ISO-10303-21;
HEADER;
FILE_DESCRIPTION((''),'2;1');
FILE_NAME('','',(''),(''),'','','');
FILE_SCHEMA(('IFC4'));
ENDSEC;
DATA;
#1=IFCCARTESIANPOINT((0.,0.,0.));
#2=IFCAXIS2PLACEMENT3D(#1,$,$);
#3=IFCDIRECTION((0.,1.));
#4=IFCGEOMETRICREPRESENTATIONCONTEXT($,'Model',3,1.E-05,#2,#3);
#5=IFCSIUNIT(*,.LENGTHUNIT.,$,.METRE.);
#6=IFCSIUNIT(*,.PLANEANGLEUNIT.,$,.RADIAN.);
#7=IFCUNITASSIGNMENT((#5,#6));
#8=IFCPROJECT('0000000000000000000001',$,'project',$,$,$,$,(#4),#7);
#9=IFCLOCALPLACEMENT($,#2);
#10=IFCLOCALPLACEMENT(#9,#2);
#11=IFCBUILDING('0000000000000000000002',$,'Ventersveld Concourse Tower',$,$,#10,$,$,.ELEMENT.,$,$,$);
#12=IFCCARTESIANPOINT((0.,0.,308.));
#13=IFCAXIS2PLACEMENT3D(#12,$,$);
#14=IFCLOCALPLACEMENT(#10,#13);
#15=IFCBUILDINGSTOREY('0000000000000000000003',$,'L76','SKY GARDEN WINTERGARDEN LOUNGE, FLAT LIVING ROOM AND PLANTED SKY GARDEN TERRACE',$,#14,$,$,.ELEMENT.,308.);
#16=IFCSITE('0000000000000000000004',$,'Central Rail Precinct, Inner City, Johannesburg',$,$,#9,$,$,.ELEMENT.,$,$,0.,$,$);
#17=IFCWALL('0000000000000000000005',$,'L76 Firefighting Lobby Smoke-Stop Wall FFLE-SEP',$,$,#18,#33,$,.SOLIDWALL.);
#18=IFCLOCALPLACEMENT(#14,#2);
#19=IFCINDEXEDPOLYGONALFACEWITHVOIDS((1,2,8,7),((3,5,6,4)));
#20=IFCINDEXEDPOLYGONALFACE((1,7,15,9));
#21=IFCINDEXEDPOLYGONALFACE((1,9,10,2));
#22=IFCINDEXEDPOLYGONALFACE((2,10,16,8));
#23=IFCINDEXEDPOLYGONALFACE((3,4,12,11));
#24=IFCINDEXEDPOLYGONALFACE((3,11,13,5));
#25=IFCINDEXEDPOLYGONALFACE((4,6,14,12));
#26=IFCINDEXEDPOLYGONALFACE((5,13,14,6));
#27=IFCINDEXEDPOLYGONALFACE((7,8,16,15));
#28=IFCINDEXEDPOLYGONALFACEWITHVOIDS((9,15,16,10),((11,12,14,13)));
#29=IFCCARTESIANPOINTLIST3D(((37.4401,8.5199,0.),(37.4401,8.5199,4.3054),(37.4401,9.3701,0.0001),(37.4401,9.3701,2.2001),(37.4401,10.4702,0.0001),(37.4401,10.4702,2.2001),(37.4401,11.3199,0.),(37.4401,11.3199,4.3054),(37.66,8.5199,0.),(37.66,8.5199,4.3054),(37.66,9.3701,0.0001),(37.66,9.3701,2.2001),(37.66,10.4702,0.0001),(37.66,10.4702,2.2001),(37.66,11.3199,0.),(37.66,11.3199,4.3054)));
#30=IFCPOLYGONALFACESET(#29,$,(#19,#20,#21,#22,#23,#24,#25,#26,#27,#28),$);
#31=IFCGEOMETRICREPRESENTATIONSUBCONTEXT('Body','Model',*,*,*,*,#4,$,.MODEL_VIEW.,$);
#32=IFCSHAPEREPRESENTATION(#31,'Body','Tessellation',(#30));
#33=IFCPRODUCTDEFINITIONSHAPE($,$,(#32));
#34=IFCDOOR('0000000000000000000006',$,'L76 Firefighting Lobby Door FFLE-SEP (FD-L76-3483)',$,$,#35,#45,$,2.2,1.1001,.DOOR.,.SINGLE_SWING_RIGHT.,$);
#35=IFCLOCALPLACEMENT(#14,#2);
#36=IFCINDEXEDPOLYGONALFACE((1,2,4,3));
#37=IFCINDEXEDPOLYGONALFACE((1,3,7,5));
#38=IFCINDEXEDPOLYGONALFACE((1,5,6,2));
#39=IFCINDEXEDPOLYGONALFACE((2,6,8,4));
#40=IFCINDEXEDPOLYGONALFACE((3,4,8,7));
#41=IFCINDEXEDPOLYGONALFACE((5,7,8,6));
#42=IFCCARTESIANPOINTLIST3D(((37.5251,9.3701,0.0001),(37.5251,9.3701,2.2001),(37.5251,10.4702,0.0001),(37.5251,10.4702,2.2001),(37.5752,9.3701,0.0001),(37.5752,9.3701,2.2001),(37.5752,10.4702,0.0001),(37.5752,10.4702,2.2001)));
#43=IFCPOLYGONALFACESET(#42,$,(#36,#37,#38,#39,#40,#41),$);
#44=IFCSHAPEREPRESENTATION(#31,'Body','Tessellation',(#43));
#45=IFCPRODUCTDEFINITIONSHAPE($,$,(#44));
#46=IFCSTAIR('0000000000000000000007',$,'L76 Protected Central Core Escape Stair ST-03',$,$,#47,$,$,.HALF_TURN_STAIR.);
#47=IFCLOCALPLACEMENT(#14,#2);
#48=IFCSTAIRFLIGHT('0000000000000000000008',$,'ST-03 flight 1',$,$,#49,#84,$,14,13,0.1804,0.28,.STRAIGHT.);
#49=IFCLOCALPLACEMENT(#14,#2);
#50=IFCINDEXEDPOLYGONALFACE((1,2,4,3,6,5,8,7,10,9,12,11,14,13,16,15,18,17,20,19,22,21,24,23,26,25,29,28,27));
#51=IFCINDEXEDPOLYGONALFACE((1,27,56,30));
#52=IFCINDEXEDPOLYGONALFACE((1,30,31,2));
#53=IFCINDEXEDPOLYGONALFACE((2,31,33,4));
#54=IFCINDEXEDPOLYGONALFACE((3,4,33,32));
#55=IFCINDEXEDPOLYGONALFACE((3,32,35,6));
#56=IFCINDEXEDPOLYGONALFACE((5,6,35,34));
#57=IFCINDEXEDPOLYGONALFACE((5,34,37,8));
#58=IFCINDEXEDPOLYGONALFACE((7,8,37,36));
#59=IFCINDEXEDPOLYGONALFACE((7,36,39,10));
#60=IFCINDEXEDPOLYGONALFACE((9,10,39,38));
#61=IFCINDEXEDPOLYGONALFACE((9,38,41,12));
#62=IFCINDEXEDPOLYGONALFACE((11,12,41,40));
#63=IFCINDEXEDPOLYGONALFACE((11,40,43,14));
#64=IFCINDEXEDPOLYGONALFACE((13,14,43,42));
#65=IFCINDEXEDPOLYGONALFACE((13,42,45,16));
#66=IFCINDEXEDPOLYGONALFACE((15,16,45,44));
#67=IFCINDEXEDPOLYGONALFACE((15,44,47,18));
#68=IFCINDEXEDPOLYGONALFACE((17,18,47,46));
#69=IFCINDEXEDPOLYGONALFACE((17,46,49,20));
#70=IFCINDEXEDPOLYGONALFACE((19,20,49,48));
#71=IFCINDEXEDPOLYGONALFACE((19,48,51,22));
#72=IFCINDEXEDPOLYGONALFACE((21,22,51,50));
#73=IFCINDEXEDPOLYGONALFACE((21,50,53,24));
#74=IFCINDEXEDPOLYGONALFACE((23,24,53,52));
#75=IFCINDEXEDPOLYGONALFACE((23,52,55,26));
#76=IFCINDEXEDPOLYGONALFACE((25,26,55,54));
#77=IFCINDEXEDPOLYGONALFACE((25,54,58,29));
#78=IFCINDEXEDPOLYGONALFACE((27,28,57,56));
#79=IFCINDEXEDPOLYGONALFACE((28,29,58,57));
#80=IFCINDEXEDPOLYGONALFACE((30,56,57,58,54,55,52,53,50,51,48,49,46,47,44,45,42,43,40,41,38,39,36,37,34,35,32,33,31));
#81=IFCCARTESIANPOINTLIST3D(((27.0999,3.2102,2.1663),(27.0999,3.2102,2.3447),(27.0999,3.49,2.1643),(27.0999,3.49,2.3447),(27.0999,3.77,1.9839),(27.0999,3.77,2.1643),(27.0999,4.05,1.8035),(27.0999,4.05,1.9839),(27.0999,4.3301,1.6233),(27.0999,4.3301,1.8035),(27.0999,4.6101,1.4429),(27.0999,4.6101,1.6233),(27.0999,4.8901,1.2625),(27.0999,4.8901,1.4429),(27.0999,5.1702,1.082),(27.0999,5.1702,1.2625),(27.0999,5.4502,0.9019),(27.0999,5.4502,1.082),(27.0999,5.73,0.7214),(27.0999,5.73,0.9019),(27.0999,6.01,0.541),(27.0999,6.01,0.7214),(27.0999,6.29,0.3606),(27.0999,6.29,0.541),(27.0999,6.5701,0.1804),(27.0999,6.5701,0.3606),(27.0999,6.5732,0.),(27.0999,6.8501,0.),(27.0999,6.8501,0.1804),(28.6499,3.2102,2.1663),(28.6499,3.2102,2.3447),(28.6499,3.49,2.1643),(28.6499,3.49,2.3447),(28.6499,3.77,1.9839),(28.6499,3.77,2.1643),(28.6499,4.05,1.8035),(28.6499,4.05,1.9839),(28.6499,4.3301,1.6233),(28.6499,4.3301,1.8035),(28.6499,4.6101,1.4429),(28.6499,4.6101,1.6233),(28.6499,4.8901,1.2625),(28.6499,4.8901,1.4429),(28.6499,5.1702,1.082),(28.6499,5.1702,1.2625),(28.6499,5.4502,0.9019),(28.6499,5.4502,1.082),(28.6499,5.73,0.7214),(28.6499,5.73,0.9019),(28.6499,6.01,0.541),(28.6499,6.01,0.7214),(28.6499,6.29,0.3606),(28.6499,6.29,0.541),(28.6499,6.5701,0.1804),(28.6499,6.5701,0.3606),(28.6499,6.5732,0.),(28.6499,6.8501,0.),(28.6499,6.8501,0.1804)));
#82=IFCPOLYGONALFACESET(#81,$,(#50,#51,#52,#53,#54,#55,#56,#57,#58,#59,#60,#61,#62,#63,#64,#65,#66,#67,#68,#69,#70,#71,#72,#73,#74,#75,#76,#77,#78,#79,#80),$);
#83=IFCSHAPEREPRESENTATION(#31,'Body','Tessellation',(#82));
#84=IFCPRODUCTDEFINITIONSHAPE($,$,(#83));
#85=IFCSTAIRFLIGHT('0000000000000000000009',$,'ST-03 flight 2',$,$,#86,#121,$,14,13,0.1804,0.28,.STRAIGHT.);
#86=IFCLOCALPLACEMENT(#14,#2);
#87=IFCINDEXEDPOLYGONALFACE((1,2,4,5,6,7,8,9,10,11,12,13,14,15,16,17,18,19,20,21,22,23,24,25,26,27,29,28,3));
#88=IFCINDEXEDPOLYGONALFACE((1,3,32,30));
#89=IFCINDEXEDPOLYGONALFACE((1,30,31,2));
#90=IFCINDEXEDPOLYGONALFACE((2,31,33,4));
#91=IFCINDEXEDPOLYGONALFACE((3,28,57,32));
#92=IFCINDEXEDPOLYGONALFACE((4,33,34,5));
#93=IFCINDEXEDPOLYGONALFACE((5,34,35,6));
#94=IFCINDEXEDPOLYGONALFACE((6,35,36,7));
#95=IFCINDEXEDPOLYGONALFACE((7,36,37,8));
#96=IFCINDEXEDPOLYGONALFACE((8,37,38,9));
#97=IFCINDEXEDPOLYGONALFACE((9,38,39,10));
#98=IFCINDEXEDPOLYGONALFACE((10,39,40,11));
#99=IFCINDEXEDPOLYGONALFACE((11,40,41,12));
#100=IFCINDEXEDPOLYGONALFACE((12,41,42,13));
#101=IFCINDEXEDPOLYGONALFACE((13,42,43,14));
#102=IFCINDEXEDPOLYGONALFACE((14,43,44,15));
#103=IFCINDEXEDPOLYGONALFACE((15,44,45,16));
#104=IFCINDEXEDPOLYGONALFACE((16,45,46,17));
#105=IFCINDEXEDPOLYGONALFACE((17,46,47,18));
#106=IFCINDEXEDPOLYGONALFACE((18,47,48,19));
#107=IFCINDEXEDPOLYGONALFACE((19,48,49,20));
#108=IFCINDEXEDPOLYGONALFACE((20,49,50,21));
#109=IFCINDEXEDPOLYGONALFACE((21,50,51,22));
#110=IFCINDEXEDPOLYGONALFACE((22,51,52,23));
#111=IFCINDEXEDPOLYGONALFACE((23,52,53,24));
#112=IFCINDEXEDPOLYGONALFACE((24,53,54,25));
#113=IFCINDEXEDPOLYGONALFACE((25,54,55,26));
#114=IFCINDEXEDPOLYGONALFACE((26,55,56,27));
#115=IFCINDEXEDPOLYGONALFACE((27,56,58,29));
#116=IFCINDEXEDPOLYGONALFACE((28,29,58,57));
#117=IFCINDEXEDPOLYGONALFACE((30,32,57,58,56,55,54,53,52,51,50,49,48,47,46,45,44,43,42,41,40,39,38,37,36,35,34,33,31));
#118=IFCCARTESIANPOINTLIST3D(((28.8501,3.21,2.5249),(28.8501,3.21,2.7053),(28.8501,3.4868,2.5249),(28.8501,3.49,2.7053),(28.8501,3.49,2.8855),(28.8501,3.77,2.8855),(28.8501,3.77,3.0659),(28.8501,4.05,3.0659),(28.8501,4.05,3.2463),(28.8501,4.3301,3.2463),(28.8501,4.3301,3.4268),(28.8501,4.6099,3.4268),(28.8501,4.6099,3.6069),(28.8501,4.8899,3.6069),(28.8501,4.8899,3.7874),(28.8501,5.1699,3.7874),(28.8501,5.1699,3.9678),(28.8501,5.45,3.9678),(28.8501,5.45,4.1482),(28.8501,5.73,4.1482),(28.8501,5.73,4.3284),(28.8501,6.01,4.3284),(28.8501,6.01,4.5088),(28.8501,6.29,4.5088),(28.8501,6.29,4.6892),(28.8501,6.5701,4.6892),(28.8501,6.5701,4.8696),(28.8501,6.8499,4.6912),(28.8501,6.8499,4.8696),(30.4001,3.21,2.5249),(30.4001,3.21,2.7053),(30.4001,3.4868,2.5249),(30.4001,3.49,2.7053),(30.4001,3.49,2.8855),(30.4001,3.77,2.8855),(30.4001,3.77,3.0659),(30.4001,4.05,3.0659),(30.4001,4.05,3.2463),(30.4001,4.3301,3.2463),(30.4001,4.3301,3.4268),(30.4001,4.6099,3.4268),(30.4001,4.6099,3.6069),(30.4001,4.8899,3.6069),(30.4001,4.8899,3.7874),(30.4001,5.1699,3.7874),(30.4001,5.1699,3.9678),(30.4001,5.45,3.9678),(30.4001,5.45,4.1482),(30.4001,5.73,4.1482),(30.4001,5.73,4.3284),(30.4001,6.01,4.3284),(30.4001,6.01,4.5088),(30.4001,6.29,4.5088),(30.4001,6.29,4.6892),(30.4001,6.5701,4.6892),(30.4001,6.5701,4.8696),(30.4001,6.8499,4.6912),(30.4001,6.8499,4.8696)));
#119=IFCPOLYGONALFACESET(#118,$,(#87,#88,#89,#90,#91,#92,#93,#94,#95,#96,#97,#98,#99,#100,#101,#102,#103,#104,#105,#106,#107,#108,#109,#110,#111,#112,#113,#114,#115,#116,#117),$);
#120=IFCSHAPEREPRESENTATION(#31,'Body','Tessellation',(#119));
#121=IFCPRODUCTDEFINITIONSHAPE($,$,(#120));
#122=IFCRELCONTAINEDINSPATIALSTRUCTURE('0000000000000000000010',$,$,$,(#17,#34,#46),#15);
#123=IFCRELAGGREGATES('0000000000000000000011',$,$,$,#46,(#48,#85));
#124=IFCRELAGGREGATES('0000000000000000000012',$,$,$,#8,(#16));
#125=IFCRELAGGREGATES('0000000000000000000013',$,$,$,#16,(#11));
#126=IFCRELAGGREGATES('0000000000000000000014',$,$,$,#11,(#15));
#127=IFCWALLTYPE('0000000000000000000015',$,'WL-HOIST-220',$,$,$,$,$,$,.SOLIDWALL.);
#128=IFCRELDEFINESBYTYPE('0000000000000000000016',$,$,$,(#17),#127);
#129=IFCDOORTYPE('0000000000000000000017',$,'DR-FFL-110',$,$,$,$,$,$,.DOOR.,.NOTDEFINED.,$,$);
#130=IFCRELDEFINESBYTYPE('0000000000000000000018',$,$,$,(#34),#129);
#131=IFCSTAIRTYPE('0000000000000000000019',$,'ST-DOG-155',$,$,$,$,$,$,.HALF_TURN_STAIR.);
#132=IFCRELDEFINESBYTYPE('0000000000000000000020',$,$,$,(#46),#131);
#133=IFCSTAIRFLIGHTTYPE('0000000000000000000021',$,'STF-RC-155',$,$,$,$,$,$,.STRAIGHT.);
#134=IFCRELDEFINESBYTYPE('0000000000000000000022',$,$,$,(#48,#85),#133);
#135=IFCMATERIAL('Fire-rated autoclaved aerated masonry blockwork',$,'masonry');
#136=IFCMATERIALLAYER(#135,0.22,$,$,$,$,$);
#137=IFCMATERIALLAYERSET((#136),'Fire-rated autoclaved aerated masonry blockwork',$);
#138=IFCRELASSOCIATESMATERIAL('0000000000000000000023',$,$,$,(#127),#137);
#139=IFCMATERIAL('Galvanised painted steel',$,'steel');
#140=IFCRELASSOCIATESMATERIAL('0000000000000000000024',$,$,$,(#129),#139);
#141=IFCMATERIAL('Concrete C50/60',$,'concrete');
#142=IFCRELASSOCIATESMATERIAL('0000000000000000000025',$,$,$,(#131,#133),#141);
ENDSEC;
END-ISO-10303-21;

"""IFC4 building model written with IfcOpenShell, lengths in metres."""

from ifc_helpers import new_model, si_unit, direction, frame, frame_2d, origin, place, context, subcontext, project, spatial, polyline, rectangle, outline, extrude, material, layer, layer_set, type_object, element, fill, aggregate, save


model = new_model("IFC4")

# Units and contexts
model_context = context("Model", 3, precision=1e-05, world=origin(), true_north=direction((0.0, 1.0)))
body_context = subcontext(model_context, "Body", "Model", "MODEL_VIEW")
ifc_project = project(units=[si_unit("LENGTHUNIT", "METRE"), si_unit("PLANEANGLEUNIT", "RADIAN")], contexts=[model_context])

# Site, building, storey
site_placement = place(None, origin())
site = spatial("IfcSite", under=ifc_project, at=site_placement, Name="Central Rail Precinct, Inner City, Johannesburg", CompositionType="ELEMENT", RefElevation=0.0)
building_placement = place(site_placement, origin())
building = spatial("IfcBuilding", under=site, at=building_placement, Name="Ventersveld Concourse Tower", CompositionType="ELEMENT")
storey_placement = place(building_placement, frame((0.0, 0.0, 308.0)))
storey = spatial("IfcBuildingStorey", under=building, at=storey_placement, Name="L76", Description="SKY GARDEN WINTERGARDEN LOUNGE, FLAT LIVING ROOM AND PLANTED SKY GARDEN TERRACE", CompositionType="ELEMENT", Elevation=308.0)

# Shared definitions
ifc_material_1 = material(Name="Concrete C50/60", Category="concrete")

# Shared definitions
ifc_material_2 = material(Name="Fire-rated autoclaved aerated masonry blockwork", Category="masonry")
ifc_material_3 = material(Name="Galvanised painted steel", Category="steel")

# Shared definitions
ifc_layer_1 = layer(ifc_material_2, 0.22)
ifc_layer_set_1 = layer_set([ifc_layer_1], Name="Fire-rated autoclaved aerated masonry blockwork")
wall_type_1 = type_object("IfcWallType", Name="WL-HOIST-220", PredefinedType="SOLIDWALL", material=ifc_layer_set_1)

# Wall, opening, door
wall_1_placement = place(storey_placement, frame((37.55, 8.52, 0.0), z_axis=(0.0, 0.0, 1.0), x_axis=(0.0, 1.0, 0.0)))
wall_1 = element("IfcWall", 1, at=wall_1_placement, inside=storey, type_object=wall_type_1, Name="L76 Firefighting Lobby Smoke-Stop Wall FFLE-SEP", PredefinedType="SOLIDWALL", context=body_context, shape_type="SweptSolid", body=[
    extrude(rectangle(XDim=2.8, YDim=0.22, at=frame_2d((1.3999, 0.0))), origin(), (0.0, 0.0, 1.0), 4.3054),
])
opening_1_placement = place(wall_1_placement, frame((0.8501, 0.0, 0.0)))
opening_1 = element("IfcOpeningElement", 2, at=opening_1_placement, cuts=wall_1, PredefinedType="OPENING", context=body_context, shape_type="SweptSolid", body=[
    extrude(rectangle(XDim=1.1001, YDim=2.2, at=frame_2d((0.55, 1.1001))), frame((0.0, 0.1201, 0.0), z_axis=(0.0, -1.0, 0.0), x_axis=(1.0, 0.0, 0.0)), (0.0, 0.0, 1.0), 0.24),
])
door_type_1 = type_object("IfcDoorType", Name="DR-FFL-110", OperationType="NOTDEFINED", PredefinedType="DOOR", material=ifc_material_3)
door_1_placement = place(opening_1_placement, origin())
door_1 = element("IfcDoor", 3, at=door_1_placement, inside=storey, type_object=door_type_1, Name="L76 Firefighting Lobby Door FFLE-SEP (FD-L76-3483)", OperationType="SINGLE_SWING_RIGHT", OverallHeight=2.2, OverallWidth=1.1001, PredefinedType="DOOR", context=body_context, shape_type="SweptSolid", body=[
    extrude(rectangle(XDim=1.1001, YDim=2.2, at=frame_2d((0.55, 1.1001))), frame((0.0, 0.0249, 0.0), z_axis=(0.0, -1.0, 0.0), x_axis=(1.0, 0.0, 0.0)), (0.0, 0.0, 1.0), 0.05),
])
fill(opening_1, door_1)

# Stair, stair flights
stair_type = type_object("IfcStairType", Name="ST-DOG-155", PredefinedType="HALF_TURN_STAIR", material=ifc_material_1)
stair_placement = place(storey_placement, origin())
stair = element("IfcStair", 4, at=stair_placement, inside=storey, type_object=stair_type, Name="L76 Protected Central Core Escape Stair ST-03", PredefinedType="HALF_TURN_STAIR")
stair_flight_type = type_object("IfcStairFlightType", Name="STF-RC-155", PredefinedType="STRAIGHT", material=ifc_material_1)
stair_flight_1_placement = place(storey_placement, frame((27.875, 6.8501, 0.0), z_axis=(0.0, 0.0, 1.0), x_axis=(0.0, -1.0, 0.0)))
stair_flight_1 = element("IfcStairFlight", 5, at=stair_flight_1_placement, type_object=stair_flight_type, Name="ST-03 flight 1", NumberOfRisers=14, NumberOfTreads=13, PredefinedType="STRAIGHT", RiserHeight=0.1804, TreadLength=0.28, context=body_context, shape_type="SweptSolid", body=[
    extrude(outline(polyline([(0.0, 0.0), (0.0, 0.1804), (0.28, 0.1804), (0.28, 0.3606), (0.5601, 0.3606), (0.5601, 0.541), (0.8401, 0.541), (0.8401, 0.7214), (1.1201, 0.7214), (1.1201, 0.9019), (1.3999, 0.9019), (1.3999, 1.082), (1.6799, 1.082), (1.6799, 1.2625), (1.96, 1.2625), (1.96, 1.4429), (2.24, 1.4429), (2.24, 1.6233), (2.52, 1.6233), (2.52, 1.8035), (2.8, 1.8035), (2.8, 1.9839), (3.0801, 1.9839), (3.0801, 2.1643), (3.3601, 2.1643), (3.3601, 2.3447), (3.6399, 2.3447), (3.6399, 2.5249), (3.6399, 2.1663), (0.2769, 0.0), (0.0, 0.0)])), frame((0.0, 0.7749, 0.0), z_axis=(0.0, -1.0, 0.0), x_axis=(1.0, 0.0, 0.0)), (0.0, 0.0, 1.0), 1.55),
])
stair_flight_2_placement = place(storey_placement, frame((29.625, 3.21, 2.5249), z_axis=(0.0, 0.0, 1.0), x_axis=(0.0, 1.0, 0.0)))
stair_flight_2 = element("IfcStairFlight", 6, at=stair_flight_2_placement, type_object=stair_flight_type, Name="ST-03 flight 2", NumberOfRisers=14, NumberOfTreads=13, PredefinedType="STRAIGHT", RiserHeight=0.1804, TreadLength=0.28, context=body_context, shape_type="SweptSolid", body=[
    extrude(outline(polyline([(0.0, 0.0), (0.0, 0.1804), (0.28, 0.1804), (0.28, 0.3606), (0.5601, 0.3606), (0.5601, 0.541), (0.8401, 0.541), (0.8401, 0.7214), (1.1201, 0.7214), (1.1201, 0.9019), (1.3999, 0.9019), (1.3999, 1.082), (1.6799, 1.082), (1.6799, 1.2625), (1.96, 1.2625), (1.96, 1.4429), (2.24, 1.4429), (2.24, 1.6233), (2.52, 1.6233), (2.52, 1.8035), (2.8, 1.8035), (2.8, 1.9839), (3.0801, 1.9839), (3.0801, 2.1643), (3.3601, 2.1643), (3.3601, 2.3447), (3.6399, 2.3447), (3.6399, 2.5249), (3.6399, 2.1663), (0.2769, 0.0), (0.0, 0.0)])), frame((0.0, 0.7749, 0.0), z_axis=(0.0, -1.0, 0.0), x_axis=(1.0, 0.0, 0.0)), (0.0, 0.0, 1.0), 1.55),
])
aggregate(stair, [stair_flight_1, stair_flight_2])

save(model, "model.ifc")
